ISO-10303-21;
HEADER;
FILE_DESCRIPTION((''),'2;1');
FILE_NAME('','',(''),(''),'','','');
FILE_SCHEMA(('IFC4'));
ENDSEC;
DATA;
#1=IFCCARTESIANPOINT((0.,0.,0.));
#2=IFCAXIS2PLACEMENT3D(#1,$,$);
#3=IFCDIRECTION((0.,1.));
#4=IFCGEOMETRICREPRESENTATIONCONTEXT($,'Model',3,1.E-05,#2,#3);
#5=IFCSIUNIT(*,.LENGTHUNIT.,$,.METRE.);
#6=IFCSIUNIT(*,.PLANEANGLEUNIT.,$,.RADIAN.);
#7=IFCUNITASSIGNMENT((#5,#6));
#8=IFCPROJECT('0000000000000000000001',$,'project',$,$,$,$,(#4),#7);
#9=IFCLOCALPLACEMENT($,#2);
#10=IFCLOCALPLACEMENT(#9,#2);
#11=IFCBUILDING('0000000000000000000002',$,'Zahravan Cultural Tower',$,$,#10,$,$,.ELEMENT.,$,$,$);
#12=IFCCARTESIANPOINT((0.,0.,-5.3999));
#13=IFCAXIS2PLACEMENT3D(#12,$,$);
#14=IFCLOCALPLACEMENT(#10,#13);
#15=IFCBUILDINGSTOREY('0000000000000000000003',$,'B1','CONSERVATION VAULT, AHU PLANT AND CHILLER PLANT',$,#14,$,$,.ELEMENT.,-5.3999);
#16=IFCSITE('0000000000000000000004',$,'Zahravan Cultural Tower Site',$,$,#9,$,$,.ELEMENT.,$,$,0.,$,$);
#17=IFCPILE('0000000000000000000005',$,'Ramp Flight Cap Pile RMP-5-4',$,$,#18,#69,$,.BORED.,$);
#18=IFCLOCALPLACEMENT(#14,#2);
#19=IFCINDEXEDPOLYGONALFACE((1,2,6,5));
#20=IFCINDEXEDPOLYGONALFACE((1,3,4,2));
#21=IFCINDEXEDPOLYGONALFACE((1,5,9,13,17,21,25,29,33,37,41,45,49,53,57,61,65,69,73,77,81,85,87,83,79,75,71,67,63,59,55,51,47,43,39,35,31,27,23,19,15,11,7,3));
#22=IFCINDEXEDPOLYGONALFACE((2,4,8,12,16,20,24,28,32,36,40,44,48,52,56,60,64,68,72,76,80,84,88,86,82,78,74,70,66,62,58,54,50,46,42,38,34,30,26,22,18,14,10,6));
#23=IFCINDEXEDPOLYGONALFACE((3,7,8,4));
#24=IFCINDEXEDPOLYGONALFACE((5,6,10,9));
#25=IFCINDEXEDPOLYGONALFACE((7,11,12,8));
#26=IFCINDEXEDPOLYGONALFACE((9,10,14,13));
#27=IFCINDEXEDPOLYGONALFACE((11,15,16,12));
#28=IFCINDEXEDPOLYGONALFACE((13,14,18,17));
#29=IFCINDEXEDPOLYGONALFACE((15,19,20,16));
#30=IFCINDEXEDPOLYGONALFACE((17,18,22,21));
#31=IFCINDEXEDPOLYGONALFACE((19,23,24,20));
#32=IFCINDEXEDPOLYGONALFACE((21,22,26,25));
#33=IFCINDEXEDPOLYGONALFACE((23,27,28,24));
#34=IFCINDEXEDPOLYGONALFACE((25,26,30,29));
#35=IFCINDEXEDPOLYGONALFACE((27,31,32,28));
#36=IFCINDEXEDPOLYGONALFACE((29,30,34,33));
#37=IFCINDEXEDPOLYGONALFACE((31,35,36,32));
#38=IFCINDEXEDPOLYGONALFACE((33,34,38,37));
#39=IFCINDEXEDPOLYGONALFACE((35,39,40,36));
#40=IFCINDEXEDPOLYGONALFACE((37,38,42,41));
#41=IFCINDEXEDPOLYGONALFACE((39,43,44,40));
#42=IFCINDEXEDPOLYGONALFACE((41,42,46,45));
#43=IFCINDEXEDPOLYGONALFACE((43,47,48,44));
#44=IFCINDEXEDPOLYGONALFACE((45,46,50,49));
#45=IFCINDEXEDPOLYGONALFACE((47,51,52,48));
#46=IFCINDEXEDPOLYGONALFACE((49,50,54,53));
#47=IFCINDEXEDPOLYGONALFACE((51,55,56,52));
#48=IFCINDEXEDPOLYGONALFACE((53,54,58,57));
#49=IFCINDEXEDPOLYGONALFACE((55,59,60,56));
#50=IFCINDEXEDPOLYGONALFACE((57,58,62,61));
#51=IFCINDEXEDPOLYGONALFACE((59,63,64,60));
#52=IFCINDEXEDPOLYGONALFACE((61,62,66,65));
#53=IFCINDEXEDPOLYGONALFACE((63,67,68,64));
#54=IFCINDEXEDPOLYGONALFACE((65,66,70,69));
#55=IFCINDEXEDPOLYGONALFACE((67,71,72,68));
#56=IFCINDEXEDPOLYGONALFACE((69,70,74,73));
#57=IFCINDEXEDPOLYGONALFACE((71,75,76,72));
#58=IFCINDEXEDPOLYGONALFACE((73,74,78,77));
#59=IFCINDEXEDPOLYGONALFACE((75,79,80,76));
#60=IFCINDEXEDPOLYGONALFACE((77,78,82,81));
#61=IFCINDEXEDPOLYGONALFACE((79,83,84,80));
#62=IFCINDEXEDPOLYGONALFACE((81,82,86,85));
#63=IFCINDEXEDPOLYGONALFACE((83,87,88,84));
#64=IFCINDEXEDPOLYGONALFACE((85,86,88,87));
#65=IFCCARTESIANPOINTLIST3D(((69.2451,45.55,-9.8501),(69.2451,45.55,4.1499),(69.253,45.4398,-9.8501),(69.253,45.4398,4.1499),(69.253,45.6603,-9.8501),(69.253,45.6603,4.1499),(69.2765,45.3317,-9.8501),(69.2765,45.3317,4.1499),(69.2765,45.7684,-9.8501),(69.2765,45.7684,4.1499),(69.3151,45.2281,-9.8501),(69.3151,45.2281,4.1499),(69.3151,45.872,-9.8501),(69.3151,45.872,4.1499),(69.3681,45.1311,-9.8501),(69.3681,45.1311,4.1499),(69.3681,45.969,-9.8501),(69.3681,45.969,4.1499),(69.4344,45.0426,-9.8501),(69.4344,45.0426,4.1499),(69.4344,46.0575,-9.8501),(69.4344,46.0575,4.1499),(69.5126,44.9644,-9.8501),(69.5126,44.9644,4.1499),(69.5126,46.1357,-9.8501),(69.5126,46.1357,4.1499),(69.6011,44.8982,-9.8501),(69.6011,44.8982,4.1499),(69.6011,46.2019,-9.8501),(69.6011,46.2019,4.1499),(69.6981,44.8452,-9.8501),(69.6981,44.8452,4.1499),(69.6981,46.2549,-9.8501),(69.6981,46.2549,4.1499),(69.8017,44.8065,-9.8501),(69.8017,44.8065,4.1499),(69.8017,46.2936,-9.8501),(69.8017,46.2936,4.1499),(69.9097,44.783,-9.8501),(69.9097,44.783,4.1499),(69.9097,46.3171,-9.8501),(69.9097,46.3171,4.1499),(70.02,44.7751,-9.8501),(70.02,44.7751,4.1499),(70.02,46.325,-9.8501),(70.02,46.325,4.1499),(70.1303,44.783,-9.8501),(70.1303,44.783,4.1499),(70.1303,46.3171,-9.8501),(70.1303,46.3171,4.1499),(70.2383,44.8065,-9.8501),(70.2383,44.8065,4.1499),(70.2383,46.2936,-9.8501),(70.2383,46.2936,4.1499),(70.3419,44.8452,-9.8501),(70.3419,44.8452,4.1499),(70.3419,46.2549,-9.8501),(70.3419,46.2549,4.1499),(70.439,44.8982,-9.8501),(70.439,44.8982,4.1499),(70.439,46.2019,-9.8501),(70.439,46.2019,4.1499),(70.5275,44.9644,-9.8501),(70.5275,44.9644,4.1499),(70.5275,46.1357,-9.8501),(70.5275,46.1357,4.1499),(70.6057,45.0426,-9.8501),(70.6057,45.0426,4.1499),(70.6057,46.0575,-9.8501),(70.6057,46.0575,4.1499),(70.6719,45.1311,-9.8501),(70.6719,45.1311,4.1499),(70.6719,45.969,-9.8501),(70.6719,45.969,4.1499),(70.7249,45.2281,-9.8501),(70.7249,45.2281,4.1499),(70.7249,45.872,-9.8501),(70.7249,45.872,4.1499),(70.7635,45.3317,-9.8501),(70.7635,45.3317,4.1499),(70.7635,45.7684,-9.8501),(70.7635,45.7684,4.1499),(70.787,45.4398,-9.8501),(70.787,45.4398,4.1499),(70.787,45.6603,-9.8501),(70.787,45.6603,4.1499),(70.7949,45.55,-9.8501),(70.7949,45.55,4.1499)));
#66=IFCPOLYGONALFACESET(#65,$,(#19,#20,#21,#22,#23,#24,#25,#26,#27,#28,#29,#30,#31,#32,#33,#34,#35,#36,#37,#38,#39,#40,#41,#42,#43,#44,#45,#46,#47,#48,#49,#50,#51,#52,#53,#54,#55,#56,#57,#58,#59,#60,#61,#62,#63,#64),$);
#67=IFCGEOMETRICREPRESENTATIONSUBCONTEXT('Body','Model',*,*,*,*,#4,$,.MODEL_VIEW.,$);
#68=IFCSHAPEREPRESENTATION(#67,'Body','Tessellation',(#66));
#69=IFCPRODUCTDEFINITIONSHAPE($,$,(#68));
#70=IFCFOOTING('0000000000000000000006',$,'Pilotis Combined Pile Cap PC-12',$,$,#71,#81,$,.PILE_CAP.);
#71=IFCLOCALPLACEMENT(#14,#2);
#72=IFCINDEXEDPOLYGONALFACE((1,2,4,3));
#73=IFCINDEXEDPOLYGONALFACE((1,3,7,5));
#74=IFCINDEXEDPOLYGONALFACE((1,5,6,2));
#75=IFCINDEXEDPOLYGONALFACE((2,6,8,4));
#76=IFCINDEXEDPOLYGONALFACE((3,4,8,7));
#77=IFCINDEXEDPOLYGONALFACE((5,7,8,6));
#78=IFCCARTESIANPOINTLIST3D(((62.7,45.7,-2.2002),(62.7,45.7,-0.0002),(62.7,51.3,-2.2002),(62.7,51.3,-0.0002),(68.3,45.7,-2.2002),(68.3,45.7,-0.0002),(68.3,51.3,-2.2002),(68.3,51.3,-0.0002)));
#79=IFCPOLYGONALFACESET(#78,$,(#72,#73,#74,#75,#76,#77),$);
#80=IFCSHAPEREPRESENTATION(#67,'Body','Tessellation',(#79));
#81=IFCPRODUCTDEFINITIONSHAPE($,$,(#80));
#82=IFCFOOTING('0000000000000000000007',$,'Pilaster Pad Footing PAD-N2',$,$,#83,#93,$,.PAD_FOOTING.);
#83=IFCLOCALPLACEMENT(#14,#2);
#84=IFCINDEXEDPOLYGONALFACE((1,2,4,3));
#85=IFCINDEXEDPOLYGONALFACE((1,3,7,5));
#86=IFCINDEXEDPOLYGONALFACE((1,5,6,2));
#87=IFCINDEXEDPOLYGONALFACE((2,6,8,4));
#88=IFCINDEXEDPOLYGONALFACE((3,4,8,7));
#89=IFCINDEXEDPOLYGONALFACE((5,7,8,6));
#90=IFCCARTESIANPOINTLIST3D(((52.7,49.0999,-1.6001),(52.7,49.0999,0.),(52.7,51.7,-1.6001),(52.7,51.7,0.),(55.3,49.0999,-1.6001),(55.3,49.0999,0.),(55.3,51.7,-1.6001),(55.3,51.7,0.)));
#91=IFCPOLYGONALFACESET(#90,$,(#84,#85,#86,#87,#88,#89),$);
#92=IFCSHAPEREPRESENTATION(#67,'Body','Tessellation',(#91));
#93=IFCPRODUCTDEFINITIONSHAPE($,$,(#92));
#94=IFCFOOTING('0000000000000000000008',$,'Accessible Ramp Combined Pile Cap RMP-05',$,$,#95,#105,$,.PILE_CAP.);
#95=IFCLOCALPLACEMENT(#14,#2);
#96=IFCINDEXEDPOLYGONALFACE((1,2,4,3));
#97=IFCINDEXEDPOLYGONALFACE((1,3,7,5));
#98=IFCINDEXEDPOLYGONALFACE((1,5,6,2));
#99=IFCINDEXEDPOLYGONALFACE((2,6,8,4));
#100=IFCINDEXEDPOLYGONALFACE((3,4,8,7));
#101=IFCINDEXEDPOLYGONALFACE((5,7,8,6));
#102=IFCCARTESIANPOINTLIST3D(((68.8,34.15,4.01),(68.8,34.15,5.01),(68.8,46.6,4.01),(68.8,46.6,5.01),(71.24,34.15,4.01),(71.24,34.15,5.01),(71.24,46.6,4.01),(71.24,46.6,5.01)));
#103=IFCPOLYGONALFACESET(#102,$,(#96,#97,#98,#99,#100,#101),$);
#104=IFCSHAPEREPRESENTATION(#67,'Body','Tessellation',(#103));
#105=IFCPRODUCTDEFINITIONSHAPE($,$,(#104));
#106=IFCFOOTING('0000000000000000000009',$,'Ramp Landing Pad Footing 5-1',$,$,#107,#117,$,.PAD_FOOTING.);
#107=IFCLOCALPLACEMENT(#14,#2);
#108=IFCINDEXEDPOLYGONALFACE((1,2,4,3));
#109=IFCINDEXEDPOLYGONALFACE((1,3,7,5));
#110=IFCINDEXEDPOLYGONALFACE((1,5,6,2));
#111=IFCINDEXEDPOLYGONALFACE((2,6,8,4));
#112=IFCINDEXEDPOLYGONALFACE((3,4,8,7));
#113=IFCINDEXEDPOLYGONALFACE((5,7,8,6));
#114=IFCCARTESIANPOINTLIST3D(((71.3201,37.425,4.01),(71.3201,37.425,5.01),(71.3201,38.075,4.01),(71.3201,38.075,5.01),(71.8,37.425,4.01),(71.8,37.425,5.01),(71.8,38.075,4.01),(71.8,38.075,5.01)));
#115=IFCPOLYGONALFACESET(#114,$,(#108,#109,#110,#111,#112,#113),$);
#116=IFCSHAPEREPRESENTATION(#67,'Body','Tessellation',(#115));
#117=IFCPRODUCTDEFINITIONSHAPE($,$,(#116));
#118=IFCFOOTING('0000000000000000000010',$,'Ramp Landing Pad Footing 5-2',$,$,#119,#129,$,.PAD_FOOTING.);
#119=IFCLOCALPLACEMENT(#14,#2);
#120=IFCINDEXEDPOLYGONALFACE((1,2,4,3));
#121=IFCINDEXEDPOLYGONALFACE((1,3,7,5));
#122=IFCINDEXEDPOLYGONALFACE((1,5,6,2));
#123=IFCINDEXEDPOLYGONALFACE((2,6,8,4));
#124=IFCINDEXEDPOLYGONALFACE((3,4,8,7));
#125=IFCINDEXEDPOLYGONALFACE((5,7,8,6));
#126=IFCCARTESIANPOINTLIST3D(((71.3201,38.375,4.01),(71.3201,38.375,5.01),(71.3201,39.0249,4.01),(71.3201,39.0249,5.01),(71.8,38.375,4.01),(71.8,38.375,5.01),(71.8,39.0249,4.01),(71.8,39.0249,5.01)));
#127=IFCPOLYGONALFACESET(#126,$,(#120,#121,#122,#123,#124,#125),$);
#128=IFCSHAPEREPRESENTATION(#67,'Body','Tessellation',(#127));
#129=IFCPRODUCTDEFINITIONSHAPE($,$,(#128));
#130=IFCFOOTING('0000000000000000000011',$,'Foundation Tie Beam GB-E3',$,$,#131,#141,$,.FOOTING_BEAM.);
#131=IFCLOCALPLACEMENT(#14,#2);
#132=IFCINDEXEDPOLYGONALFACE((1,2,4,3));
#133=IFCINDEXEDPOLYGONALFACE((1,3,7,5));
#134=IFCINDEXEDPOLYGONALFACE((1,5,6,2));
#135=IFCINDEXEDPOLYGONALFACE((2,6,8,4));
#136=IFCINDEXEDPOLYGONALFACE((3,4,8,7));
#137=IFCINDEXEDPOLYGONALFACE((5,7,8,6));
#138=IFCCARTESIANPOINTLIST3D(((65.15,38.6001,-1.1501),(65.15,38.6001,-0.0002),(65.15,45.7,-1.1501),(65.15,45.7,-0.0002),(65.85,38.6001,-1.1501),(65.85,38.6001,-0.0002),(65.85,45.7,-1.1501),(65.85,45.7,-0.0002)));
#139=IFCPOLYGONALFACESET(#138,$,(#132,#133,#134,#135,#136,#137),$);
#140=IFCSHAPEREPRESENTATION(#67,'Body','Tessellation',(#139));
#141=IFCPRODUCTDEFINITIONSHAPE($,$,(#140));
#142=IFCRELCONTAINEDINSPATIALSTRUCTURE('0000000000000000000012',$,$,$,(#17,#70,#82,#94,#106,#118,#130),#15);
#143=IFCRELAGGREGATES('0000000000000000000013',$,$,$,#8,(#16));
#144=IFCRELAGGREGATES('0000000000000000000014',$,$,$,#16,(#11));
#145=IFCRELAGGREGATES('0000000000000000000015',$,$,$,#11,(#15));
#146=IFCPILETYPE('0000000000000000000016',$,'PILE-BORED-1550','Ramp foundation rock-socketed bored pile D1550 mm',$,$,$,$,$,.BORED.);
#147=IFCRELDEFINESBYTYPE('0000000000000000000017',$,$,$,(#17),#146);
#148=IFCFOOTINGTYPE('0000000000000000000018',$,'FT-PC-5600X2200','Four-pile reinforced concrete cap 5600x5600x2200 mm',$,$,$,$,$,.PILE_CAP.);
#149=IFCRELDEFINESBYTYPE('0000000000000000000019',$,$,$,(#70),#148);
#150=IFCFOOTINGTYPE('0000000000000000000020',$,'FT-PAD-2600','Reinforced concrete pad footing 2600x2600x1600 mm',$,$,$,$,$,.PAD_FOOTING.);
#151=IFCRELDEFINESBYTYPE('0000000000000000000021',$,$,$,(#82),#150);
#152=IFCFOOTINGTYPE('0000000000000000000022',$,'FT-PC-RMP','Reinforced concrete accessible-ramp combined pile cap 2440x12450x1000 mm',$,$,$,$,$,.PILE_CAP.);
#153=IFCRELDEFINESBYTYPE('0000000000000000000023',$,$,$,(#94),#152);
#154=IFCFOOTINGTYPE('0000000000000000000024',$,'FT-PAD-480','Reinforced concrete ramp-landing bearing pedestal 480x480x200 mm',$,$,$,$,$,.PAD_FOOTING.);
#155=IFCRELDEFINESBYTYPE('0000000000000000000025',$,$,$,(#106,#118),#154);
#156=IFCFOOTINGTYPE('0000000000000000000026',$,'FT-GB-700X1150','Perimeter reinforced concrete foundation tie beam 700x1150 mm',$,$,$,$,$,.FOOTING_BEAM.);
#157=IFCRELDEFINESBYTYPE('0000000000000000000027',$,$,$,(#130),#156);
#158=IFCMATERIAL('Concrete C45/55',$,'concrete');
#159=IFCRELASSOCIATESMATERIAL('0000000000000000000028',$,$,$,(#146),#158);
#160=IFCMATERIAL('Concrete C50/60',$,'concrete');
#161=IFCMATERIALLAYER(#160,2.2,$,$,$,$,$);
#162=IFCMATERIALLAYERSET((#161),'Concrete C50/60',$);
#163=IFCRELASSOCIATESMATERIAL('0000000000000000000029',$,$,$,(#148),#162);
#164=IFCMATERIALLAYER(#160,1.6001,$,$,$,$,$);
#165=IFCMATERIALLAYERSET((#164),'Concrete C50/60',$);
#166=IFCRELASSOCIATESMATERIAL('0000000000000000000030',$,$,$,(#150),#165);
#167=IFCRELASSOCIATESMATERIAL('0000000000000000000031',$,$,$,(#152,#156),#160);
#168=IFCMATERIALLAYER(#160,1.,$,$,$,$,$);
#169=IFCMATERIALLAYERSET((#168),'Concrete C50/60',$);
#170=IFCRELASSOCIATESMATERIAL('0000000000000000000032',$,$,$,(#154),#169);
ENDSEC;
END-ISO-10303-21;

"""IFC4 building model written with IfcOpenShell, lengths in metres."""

from ifc_helpers import new_model, si_unit, direction, frame, origin, origin_2d, place, context, subcontext, project, spatial, rectangle, circle, extrude, source, transform, mapped, material, layer, layer_set, material_profile, profile_set, type_object, element, save


model = new_model("IFC4")

# Units and contexts
model_context = context("Model", 3, precision=1e-05, world=origin(), true_north=direction((0.0, 1.0)))
body_context = subcontext(model_context, "Body", "Model", "MODEL_VIEW")
ifc_project = project(units=[si_unit("LENGTHUNIT", "METRE"), si_unit("PLANEANGLEUNIT", "RADIAN")], contexts=[model_context])

# Site, building, storey
site_placement = place(None, origin())
site = spatial("IfcSite", under=ifc_project, at=site_placement, Name="Zahravan Cultural Tower Site", CompositionType="ELEMENT", RefElevation=0.0)
building_placement = place(site_placement, origin())
building = spatial("IfcBuilding", under=site, at=building_placement, Name="Zahravan Cultural Tower", CompositionType="ELEMENT")
storey_placement = place(building_placement, frame((0.0, 0.0, -5.3999)))
storey = spatial("IfcBuildingStorey", under=building, at=storey_placement, Name="B1", Description="CONSERVATION VAULT, AHU PLANT AND CHILLER PLANT", CompositionType="ELEMENT", Elevation=-5.3999)

# Pile
ifc_material_1 = material(Name="Concrete C45/55", Category="concrete")
ifc_material_profile_1 = material_profile(ifc_material_1, circle(Radius=0.7749, at=origin_2d()), Name="PILE-D1550")
ifc_profile_set_1 = profile_set([ifc_material_profile_1], Name="Concrete C45/55")
pile_type_1 = type_object("IfcPileType", Name="PILE-BORED-1550", Description="Ramp foundation rock-socketed bored pile D1550 mm", PredefinedType="BORED", material=ifc_profile_set_1)
pile_placement = place(storey_placement, frame((70.02, 45.55, 4.1499), z_axis=(0.0, 0.0, -1.0), x_axis=(1.0, 0.0, 0.0)))
element("IfcPile", 1, at=pile_placement, inside=storey, type_object=pile_type_1, Name="Ramp Flight Cap Pile RMP-5-4", PredefinedType="BORED", context=body_context, shape_type="SweptSolid", body=[
    extrude(circle(Radius=0.7749, at=origin_2d()), origin(), (0.0, 0.0, 1.0), 14.0),
])

# Footings
ifc_material_2 = material(Name="Concrete C50/60", Category="concrete")
ifc_layer_1 = layer(ifc_material_2, 2.2)
ifc_layer_set_1 = layer_set([ifc_layer_1], Name="Concrete C50/60")
footing_type_1 = type_object("IfcFootingType", Name="FT-PC-5600X2200", Description="Four-pile reinforced concrete cap 5600x5600x2200 mm", PredefinedType="PILE_CAP", material=ifc_layer_set_1)
shared_shape_1 = source(origin(), body_context, "Body", "SweptSolid", [
    extrude(rectangle(XDim=5.6001, YDim=5.6001, at=origin_2d()), origin(), (0.0, 0.0, 1.0), 2.2),
])
footing_1_placement = place(storey_placement, frame((65.5, 48.5, -2.2002), z_axis=(0.0, 0.0, 1.0), x_axis=(1.0, 0.0, 0.0)))
element("IfcFooting", 2, at=footing_1_placement, inside=storey, type_object=footing_type_1, Name="Pilotis Combined Pile Cap PC-12", PredefinedType="PILE_CAP", context=body_context, shape_type="MappedRepresentation", body=[
    mapped(shared_shape_1, transform((0.0, 0.0, 0.0), x_axis=(1.0, 0.0, 0.0), y_axis=(0.0, 1.0, 0.0), z_axis=(0.0, 0.0, 1.0), scale=1.0)),
])
ifc_layer_2 = layer(ifc_material_2, 1.6001)
ifc_layer_set_2 = layer_set([ifc_layer_2], Name="Concrete C50/60")
footing_type_2 = type_object("IfcFootingType", Name="FT-PAD-2600", Description="Reinforced concrete pad footing 2600x2600x1600 mm", PredefinedType="PAD_FOOTING", material=ifc_layer_set_2)
shared_shape_2 = source(origin(), body_context, "Body", "SweptSolid", [
    extrude(rectangle(XDim=2.6001, YDim=2.6001, at=origin_2d()), origin(), (0.0, 0.0, 1.0), 1.6001),
])
footing_2_placement = place(storey_placement, frame((54.0, 50.3999, -1.6001), z_axis=(0.0, 0.0, 1.0), x_axis=(1.0, 0.0, 0.0)))
element("IfcFooting", 3, at=footing_2_placement, inside=storey, type_object=footing_type_2, Name="Pilaster Pad Footing PAD-N2", PredefinedType="PAD_FOOTING", context=body_context, shape_type="MappedRepresentation", body=[
    mapped(shared_shape_2, transform((0.0, 0.0, 0.0), x_axis=(1.0, 0.0, 0.0), y_axis=(0.0, 1.0, 0.0), z_axis=(0.0, 0.0, 1.0), scale=1.0)),
])
footing_type_3 = type_object("IfcFootingType", Name="FT-PC-RMP", Description="Reinforced concrete accessible-ramp combined pile cap 2440x12450x1000 mm", PredefinedType="PILE_CAP", material=ifc_material_2)
shared_shape_3 = source(origin(), body_context, "Body", "SweptSolid", [
    extrude(rectangle(XDim=2.4399, YDim=12.45, at=origin_2d()), origin(), (0.0, 0.0, 1.0), 1.0),
])
footing_3_placement = place(storey_placement, frame((70.02, 40.375, 4.01), z_axis=(0.0, 0.0, 1.0), x_axis=(1.0, 0.0, 0.0)))
element("IfcFooting", 4, at=footing_3_placement, inside=storey, type_object=footing_type_3, Name="Accessible Ramp Combined Pile Cap RMP-05", PredefinedType="PILE_CAP", context=body_context, shape_type="MappedRepresentation", body=[
    mapped(shared_shape_3, transform((0.0, 0.0, 0.0), x_axis=(1.0, 0.0, 0.0), y_axis=(0.0, 1.0, 0.0), z_axis=(0.0, 0.0, 1.0), scale=1.0)),
])
ifc_layer_3 = layer(ifc_material_2, 1.0)
ifc_layer_set_3 = layer_set([ifc_layer_3], Name="Concrete C50/60")
footing_type_4 = type_object("IfcFootingType", Name="FT-PAD-480", Description="Reinforced concrete ramp-landing bearing pedestal 480x480x200 mm", PredefinedType="PAD_FOOTING", material=ifc_layer_set_3)
shared_shape_4 = source(origin(), body_context, "Body", "SweptSolid", [
    extrude(rectangle(XDim=0.48, YDim=0.6499, at=origin_2d()), origin(), (0.0, 0.0, 1.0), 1.0),
])
for number, where, z_axis, x_axis, name in (
    (5, (71.5601, 37.75, 4.01), (0.0, 0.0, 1.0), (1.0, 0.0, 0.0), "Ramp Landing Pad Footing 5-1"),
    (6, (71.5601, 38.7, 4.01), (0.0, 0.0, 1.0), (1.0, 0.0, 0.0), "Ramp Landing Pad Footing 5-2"),
):
    element("IfcFooting", number, at=place(storey_placement, frame(where, z_axis=z_axis, x_axis=x_axis)), inside=storey, type_object=footing_type_4, Name=name, PredefinedType="PAD_FOOTING", context=body_context, shape_type="MappedRepresentation", body=[
        mapped(shared_shape_4, transform((0.0, 0.0, 0.0), x_axis=(1.0, 0.0, 0.0), y_axis=(0.0, 1.0, 0.0), z_axis=(0.0, 0.0, 1.0), scale=1.0)),
    ])
ifc_material_profile_2 = material_profile(ifc_material_2, rectangle(XDim=0.7, YDim=1.1499, at=origin_2d()), Name="RC700X1150")
ifc_profile_set_2 = profile_set([ifc_material_profile_2], Name="Concrete C50/60")
footing_type_5 = type_object("IfcFootingType", Name="FT-GB-700X1150", Description="Perimeter reinforced concrete foundation tie beam 700x1150 mm", PredefinedType="FOOTING_BEAM", material=ifc_profile_set_2)
shared_shape_5 = source(origin(), body_context, "Body", "SweptSolid", [
    extrude(rectangle(XDim=0.7, YDim=1.1499, at=origin_2d()), origin(), (0.0, 0.0, 1.0), 7.0999),
])
footing_4_placement = place(storey_placement, frame((65.5, 38.6001, -0.5752), z_axis=(0.0, 1.0, 0.0), x_axis=(-1.0, 0.0, 0.0)))
element("IfcFooting", 7, at=footing_4_placement, inside=storey, type_object=footing_type_5, Name="Foundation Tie Beam GB-E3", PredefinedType="FOOTING_BEAM", context=body_context, shape_type="MappedRepresentation", body=[
    mapped(shared_shape_5, transform((0.0, 0.0, 0.0), x_axis=(1.0, 0.0, 0.0), y_axis=(0.0, 1.0, 0.0), z_axis=(0.0, 0.0, 1.0), scale=1.0)),
])

save(model, "model.ifc")
